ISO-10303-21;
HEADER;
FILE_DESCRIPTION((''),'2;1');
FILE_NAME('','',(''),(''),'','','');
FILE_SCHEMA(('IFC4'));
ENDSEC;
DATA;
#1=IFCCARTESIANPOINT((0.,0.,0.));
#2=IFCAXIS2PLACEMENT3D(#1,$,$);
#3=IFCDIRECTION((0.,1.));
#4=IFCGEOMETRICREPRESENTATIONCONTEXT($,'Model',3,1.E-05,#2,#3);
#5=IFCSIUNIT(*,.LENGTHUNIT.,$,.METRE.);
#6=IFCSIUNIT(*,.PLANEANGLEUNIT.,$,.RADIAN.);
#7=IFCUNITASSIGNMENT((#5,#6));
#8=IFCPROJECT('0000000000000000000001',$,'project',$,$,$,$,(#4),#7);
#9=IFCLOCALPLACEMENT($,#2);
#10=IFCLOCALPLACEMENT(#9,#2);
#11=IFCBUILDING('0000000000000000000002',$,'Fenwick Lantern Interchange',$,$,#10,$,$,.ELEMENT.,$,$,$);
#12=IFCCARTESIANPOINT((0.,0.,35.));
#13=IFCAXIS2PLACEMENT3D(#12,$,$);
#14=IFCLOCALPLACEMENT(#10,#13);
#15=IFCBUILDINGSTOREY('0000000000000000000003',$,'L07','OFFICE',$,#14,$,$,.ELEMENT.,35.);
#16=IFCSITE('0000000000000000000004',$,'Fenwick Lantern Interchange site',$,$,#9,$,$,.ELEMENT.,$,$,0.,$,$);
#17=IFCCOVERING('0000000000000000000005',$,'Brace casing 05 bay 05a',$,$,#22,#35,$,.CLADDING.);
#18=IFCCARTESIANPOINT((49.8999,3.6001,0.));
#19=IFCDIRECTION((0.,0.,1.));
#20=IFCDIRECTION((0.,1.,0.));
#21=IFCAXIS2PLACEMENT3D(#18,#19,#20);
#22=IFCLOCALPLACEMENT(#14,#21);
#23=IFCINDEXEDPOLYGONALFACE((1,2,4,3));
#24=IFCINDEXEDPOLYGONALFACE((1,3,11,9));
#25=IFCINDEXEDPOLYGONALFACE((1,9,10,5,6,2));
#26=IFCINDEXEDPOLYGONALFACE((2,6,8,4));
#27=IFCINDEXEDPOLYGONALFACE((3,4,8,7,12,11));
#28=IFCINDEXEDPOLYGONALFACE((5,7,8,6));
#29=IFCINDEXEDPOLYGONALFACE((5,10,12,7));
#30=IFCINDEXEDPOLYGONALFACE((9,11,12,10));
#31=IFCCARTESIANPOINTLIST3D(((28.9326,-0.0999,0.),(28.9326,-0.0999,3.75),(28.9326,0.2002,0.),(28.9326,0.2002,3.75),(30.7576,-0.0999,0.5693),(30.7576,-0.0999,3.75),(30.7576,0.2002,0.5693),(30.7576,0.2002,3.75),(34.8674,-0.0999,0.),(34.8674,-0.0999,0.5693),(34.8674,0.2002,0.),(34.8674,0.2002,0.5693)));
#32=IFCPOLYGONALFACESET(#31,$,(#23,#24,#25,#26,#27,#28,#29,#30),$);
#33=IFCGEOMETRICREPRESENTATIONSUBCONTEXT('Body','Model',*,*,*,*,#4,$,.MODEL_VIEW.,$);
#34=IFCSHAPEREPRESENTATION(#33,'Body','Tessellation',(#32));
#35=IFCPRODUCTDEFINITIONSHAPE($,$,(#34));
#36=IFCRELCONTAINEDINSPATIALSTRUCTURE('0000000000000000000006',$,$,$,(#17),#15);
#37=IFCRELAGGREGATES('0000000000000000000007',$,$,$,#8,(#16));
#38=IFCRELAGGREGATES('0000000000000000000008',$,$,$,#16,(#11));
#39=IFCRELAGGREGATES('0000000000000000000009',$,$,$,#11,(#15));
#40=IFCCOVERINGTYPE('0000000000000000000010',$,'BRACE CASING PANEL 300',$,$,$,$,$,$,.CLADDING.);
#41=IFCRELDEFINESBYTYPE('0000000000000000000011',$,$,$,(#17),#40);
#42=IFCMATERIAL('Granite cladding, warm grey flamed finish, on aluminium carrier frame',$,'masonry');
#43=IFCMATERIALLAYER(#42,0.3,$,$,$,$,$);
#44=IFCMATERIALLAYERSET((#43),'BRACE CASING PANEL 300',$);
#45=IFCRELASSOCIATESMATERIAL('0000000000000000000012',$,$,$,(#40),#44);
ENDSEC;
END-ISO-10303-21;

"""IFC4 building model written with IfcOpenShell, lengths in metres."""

from ifc_helpers import new_model, si_unit, direction, frame, origin, place, context, subcontext, project, spatial, polyline, outline, extrude, material, layer, layer_set, type_object, element, save


model = new_model("IFC4")

# Units and contexts
model_context = context("Model", 3, precision=1e-05, world=origin(), true_north=direction((0.0, 1.0)))
body_context = subcontext(model_context, "Body", "Model", "MODEL_VIEW")
ifc_project = project(units=[si_unit("LENGTHUNIT", "METRE"), si_unit("PLANEANGLEUNIT", "RADIAN")], contexts=[model_context])

# Site, building, storey
site_placement = place(None, origin())
site = spatial("IfcSite", under=ifc_project, at=site_placement, Name="Fenwick Lantern Interchange site", CompositionType="ELEMENT", RefElevation=0.0)
building_placement = place(site_placement, origin())
building = spatial("IfcBuilding", under=site, at=building_placement, Name="Fenwick Lantern Interchange", CompositionType="ELEMENT")
storey_placement = place(building_placement, frame((0.0, 0.0, 35.0)))
storey = spatial("IfcBuildingStorey", under=building, at=storey_placement, Name="L07", Description="OFFICE", CompositionType="ELEMENT", Elevation=35.0)

# Covering
ifc_material_1 = material(Name="Granite cladding, warm grey flamed finish, on aluminium carrier frame", Category="masonry")
ifc_layer_1 = layer(ifc_material_1, 0.3)
ifc_layer_set_1 = layer_set([ifc_layer_1], Name="BRACE CASING PANEL 300")
covering_type = type_object("IfcCoveringType", Name="BRACE CASING PANEL 300", PredefinedType="CLADDING", material=ifc_layer_set_1)
covering_1_placement = place(storey_placement, frame((49.8999, 3.6001, 0.0), z_axis=(0.0, 0.0, 1.0), x_axis=(0.0, 1.0, 0.0)))
element("IfcCovering", 1, at=covering_1_placement, inside=storey, type_object=covering_type, Name="Brace casing 05 bay 05a", PredefinedType="CLADDING", context=body_context, shape_type="SweptSolid", body=[
    extrude(outline(polyline([(28.9326, 0.0), (34.8674, 0.0), (34.8674, 0.5693), (30.7576, 0.5693), (30.7576, 3.75), (28.9326, 3.75), (28.9326, 0.0)])), frame((0.0, 0.2002, 0.0), z_axis=(0.0, -1.0, 0.0), x_axis=(1.0, 0.0, 0.0)), (0.0, 0.0, 1.0), 0.3),
])

save(model, "model.ifc")
